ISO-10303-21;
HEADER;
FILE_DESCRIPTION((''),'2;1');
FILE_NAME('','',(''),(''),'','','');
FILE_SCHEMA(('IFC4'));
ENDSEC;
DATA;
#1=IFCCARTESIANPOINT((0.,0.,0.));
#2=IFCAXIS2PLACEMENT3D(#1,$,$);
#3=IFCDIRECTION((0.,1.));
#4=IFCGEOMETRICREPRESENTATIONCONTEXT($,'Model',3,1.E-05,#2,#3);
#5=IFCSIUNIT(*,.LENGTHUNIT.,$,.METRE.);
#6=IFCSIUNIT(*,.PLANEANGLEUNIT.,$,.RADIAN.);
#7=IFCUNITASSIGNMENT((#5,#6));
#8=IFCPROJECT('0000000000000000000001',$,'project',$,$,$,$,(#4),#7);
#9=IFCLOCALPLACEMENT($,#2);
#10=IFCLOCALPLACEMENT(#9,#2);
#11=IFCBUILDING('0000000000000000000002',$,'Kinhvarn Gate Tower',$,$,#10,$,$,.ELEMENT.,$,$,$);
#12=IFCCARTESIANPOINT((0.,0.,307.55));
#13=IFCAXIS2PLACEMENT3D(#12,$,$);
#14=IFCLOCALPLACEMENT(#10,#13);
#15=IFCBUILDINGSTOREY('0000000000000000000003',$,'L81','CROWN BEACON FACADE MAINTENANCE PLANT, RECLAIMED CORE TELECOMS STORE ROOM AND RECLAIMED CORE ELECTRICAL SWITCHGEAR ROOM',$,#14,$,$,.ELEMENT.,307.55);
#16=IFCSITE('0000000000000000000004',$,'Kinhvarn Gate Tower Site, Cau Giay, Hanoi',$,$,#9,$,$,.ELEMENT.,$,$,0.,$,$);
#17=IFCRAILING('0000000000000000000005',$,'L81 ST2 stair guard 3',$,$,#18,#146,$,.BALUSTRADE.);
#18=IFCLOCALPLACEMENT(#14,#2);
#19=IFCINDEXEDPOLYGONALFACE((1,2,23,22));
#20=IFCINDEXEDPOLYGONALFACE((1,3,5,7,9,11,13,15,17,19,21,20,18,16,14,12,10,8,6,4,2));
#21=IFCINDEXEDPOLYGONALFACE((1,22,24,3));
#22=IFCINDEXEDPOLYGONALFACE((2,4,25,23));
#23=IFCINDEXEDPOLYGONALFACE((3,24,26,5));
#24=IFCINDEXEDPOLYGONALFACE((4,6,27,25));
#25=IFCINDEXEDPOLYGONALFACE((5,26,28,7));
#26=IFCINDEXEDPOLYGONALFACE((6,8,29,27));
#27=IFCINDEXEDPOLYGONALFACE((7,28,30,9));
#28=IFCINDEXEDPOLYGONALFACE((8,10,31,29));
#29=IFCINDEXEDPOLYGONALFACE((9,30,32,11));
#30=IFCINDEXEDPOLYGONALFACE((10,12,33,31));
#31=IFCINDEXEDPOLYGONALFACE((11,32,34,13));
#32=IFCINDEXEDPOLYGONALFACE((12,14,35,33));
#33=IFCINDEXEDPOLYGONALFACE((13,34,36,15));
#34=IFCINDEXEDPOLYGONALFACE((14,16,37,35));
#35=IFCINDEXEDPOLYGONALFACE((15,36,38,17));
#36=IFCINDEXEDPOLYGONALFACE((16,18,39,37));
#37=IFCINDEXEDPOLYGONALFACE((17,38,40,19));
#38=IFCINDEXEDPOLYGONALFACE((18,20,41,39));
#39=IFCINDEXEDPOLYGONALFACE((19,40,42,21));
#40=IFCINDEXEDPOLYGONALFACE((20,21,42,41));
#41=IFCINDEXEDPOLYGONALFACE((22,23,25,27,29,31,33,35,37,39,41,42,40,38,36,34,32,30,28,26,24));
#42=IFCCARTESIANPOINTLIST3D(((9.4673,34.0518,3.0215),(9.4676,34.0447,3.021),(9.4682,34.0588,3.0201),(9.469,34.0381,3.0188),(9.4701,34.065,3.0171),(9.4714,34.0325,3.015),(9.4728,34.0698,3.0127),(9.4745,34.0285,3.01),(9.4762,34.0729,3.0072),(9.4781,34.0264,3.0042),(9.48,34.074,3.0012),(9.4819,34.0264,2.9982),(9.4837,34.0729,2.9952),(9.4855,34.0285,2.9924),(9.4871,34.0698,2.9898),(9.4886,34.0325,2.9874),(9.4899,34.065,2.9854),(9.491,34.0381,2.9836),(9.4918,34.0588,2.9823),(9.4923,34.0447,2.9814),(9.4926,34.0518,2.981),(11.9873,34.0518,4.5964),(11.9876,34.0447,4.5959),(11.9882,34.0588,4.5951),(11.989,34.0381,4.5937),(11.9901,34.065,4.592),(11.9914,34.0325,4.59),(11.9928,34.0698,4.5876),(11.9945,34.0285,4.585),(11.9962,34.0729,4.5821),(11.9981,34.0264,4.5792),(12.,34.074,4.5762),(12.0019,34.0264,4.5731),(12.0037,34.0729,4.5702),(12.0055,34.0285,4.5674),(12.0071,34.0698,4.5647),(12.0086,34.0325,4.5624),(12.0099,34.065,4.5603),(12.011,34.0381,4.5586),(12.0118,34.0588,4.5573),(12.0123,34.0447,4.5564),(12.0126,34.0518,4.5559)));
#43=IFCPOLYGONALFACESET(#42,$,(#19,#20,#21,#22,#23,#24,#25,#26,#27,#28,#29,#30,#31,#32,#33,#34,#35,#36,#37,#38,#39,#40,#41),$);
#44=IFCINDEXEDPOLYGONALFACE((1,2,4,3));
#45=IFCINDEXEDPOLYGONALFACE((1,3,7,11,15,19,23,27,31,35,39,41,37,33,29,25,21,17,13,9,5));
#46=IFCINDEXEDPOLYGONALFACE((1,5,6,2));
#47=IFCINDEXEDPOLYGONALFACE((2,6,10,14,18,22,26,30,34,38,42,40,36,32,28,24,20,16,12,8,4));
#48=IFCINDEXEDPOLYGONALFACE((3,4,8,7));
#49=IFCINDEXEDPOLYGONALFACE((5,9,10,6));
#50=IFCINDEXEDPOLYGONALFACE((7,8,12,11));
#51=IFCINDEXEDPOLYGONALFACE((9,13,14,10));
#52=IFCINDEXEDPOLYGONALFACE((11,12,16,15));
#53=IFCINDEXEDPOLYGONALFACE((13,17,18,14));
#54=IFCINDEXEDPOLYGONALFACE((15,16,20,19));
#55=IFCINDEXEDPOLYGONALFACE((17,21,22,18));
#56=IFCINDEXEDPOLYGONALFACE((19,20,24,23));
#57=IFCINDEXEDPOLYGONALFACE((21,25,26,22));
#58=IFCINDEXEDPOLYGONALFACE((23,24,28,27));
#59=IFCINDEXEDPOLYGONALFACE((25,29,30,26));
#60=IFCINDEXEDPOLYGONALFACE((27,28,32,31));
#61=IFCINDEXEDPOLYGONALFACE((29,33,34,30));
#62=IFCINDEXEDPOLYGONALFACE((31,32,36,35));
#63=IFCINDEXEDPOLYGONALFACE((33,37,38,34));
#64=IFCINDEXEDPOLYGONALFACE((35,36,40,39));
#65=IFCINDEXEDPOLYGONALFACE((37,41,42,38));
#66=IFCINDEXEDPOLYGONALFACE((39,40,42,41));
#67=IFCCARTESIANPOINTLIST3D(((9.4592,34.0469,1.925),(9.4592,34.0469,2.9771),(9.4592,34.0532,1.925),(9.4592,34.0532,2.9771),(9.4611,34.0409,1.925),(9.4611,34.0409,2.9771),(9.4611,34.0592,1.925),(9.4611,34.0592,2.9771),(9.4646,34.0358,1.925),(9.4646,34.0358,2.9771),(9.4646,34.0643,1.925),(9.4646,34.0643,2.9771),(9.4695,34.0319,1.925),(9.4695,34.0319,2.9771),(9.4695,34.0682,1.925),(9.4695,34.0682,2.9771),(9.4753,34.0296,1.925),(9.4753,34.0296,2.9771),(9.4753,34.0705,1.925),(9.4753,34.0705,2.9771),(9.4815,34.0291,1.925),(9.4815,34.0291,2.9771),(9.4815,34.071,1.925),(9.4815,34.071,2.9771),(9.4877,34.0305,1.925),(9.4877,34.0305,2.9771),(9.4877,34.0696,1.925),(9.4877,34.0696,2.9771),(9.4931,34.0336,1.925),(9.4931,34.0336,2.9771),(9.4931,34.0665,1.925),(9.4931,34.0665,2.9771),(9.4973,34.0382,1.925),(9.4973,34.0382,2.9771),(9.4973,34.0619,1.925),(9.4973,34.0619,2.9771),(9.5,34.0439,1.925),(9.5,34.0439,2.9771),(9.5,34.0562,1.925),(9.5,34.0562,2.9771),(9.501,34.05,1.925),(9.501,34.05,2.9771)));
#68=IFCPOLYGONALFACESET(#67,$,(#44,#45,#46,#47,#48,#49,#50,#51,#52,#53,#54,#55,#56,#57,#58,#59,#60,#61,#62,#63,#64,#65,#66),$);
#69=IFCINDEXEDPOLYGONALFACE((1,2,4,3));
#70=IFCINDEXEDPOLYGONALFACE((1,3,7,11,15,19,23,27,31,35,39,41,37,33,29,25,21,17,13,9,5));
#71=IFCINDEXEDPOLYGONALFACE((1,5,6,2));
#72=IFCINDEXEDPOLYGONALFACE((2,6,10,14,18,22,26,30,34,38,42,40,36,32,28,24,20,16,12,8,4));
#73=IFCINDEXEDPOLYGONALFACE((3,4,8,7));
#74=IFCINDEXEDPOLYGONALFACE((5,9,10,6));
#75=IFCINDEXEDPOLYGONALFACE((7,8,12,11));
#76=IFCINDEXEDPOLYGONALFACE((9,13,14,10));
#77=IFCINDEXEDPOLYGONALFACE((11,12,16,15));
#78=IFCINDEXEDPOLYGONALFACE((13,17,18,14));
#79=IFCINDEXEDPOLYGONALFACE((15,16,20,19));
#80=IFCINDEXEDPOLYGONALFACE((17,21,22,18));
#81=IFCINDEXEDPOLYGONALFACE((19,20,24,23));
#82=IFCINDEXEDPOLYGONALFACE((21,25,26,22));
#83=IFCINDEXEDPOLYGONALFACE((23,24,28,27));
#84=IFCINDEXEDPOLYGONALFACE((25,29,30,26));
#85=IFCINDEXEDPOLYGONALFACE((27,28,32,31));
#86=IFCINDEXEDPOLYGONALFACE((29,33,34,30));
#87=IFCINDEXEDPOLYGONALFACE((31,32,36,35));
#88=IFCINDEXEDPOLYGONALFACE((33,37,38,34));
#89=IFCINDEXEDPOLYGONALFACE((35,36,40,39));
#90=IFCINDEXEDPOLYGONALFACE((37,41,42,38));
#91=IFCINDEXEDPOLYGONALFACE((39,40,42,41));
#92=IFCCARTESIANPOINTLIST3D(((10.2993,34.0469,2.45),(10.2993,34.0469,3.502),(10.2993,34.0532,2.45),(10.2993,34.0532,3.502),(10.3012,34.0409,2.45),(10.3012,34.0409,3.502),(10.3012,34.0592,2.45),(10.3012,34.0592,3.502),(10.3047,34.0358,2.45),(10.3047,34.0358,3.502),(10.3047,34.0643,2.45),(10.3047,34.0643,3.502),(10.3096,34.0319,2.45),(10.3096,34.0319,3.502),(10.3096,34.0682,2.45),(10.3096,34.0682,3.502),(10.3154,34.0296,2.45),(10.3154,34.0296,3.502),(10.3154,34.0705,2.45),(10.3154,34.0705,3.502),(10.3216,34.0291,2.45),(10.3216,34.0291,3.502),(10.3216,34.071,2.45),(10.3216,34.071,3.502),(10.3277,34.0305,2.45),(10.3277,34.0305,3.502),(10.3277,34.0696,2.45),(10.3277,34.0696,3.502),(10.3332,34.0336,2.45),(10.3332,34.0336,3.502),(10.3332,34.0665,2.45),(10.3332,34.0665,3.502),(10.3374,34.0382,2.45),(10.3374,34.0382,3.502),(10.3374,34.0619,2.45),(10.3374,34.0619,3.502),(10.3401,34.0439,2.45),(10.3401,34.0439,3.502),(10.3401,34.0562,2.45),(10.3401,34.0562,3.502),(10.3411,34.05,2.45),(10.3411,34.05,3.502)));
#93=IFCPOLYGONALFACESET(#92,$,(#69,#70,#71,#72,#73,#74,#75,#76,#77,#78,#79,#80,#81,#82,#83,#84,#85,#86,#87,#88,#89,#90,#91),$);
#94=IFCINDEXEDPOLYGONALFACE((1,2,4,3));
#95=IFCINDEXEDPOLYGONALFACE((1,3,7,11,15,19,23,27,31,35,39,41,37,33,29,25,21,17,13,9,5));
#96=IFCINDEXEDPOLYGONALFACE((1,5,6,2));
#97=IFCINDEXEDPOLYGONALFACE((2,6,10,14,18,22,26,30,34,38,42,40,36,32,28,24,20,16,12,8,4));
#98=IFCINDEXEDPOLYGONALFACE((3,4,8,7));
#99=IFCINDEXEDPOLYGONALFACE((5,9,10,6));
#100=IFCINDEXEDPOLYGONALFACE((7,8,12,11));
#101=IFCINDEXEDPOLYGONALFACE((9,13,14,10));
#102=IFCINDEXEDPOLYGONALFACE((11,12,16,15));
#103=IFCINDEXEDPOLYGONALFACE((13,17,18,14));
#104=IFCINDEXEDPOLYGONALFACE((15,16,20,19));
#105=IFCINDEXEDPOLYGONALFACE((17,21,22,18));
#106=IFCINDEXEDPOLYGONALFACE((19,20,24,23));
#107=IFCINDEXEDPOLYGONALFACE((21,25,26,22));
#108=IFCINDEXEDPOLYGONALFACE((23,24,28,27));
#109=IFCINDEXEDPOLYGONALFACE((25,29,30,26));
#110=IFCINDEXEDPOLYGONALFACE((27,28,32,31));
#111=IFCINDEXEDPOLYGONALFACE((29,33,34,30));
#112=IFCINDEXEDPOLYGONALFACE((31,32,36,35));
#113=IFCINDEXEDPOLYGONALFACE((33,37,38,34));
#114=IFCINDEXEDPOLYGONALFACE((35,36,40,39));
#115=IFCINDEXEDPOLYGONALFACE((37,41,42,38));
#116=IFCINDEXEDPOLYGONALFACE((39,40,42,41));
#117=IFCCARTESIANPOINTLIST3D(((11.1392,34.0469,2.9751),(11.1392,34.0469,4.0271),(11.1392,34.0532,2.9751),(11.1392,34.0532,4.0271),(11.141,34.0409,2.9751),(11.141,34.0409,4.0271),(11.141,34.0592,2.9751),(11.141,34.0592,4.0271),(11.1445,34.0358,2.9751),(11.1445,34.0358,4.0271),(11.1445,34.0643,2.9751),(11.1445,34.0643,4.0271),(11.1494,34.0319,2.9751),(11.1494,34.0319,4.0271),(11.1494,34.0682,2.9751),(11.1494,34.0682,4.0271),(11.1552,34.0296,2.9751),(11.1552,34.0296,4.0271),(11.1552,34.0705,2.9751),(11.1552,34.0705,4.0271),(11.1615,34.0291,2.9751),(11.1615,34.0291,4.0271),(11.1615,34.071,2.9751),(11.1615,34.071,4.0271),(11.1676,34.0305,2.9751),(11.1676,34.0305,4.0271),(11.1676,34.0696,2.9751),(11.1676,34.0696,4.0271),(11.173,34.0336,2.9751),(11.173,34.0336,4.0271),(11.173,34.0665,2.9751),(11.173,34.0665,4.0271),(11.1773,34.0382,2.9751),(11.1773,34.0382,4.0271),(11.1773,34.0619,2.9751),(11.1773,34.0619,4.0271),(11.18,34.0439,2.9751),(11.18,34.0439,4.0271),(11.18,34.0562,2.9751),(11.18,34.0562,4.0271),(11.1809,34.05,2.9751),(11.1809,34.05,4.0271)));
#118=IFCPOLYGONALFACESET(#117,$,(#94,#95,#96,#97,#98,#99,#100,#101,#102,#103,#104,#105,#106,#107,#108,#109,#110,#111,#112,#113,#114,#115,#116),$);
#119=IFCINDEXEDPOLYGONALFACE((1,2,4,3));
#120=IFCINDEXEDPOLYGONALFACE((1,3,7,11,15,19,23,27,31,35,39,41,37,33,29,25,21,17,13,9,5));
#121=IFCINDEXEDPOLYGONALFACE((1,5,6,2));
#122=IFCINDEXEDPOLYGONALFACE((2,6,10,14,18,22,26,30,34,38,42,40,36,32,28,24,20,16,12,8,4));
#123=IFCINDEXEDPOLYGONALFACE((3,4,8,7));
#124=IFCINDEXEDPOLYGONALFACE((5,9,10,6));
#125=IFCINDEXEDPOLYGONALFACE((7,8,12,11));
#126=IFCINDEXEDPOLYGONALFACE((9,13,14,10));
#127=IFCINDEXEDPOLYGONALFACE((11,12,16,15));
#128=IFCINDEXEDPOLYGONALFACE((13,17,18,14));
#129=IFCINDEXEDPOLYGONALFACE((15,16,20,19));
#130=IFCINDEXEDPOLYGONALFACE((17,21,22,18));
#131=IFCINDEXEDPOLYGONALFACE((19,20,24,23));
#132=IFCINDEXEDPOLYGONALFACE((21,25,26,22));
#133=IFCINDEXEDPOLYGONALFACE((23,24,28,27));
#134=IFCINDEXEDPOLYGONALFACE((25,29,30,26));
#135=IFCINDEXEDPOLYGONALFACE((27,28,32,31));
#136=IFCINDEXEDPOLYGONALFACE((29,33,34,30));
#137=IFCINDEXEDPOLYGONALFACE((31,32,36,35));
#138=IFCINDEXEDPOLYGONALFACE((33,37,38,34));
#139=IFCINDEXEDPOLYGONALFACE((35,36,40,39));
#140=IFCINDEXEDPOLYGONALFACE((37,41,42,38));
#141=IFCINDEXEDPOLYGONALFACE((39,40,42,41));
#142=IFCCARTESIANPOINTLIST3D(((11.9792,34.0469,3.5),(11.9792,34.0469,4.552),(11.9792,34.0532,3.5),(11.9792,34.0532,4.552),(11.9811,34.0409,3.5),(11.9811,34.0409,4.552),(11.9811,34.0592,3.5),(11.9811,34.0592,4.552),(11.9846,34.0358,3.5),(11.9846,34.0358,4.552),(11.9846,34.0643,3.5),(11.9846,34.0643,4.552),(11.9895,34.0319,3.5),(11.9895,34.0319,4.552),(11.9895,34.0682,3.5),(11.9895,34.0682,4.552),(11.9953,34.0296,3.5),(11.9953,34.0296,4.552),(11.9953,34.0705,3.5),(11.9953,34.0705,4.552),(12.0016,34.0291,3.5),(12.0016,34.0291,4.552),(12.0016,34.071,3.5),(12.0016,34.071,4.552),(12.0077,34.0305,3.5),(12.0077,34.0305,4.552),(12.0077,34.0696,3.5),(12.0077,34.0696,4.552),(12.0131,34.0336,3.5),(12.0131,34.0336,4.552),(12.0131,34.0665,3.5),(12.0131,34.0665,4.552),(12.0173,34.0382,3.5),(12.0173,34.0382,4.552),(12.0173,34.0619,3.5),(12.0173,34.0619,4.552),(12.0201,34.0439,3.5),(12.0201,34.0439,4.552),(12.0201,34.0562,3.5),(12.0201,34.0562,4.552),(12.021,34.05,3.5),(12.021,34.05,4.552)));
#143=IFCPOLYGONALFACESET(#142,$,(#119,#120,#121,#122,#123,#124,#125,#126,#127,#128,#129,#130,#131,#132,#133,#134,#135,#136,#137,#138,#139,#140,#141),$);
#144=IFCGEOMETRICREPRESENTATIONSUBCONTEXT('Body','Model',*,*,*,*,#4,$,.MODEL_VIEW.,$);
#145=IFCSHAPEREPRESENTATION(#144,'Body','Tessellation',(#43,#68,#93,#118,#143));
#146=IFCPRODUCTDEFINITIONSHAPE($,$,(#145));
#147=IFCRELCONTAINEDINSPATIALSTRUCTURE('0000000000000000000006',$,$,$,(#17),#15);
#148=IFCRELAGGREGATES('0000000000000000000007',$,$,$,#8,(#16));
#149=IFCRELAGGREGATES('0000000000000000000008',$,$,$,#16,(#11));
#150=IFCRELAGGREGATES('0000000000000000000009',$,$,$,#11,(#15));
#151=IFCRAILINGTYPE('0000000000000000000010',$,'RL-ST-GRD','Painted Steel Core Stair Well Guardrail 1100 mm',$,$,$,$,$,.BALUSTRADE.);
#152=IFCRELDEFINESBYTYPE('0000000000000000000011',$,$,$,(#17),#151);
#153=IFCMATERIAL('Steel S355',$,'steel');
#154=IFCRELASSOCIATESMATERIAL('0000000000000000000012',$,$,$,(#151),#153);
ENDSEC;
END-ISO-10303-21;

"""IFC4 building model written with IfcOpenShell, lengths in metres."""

from ifc_helpers import new_model, si_unit, direction, frame, origin, origin_2d, place, context, subcontext, project, spatial, circle, extrude, material, type_object, element, save


model = new_model("IFC4")

# Units and contexts
model_context = context("Model", 3, precision=1e-05, world=origin(), true_north=direction((0.0, 1.0)))
body_context = subcontext(model_context, "Body", "Model", "MODEL_VIEW")
ifc_project = project(units=[si_unit("LENGTHUNIT", "METRE"), si_unit("PLANEANGLEUNIT", "RADIAN")], contexts=[model_context])

# Site, building, storey
site_placement = place(None, origin())
site = spatial("IfcSite", under=ifc_project, at=site_placement, Name="Kinhvarn Gate Tower Site, Cau Giay, Hanoi", CompositionType="ELEMENT", RefElevation=0.0)
building_placement = place(site_placement, origin())
building = spatial("IfcBuilding", under=site, at=building_placement, Name="Kinhvarn Gate Tower", CompositionType="ELEMENT")
storey_placement = place(building_placement, frame((0.0, 0.0, 307.55)))
storey = spatial("IfcBuildingStorey", under=building, at=storey_placement, Name="L81", Description="CROWN BEACON FACADE MAINTENANCE PLANT, RECLAIMED CORE TELECOMS STORE ROOM AND RECLAIMED CORE ELECTRICAL SWITCHGEAR ROOM", CompositionType="ELEMENT", Elevation=307.55)

# Railing
ifc_material_1 = material(Name="Steel S355", Category="steel")
railing_type_1 = type_object("IfcRailingType", Name="RL-ST-GRD", Description="Painted Steel Core Stair Well Guardrail 1100 mm", PredefinedType="BALUSTRADE", material=ifc_material_1)
railing_1_placement = place(storey_placement, frame((9.48, 34.05, 1.925)))
element("IfcRailing", 1, at=railing_1_placement, inside=storey, type_object=railing_type_1, Name="L81 ST2 stair guard 3", PredefinedType="BALUSTRADE", context=body_context, shape_type="SweptSolid", body=[
    extrude(circle(Radius=0.0239, at=origin_2d()), frame((0.0, 0.0, 1.0762), z_axis=(0.848008, 0.0, 0.529984), x_axis=(0.0, 1.0, 0.0)), (0.0, 0.0, 1.0), 2.9717),
    extrude(circle(Radius=0.021, at=origin_2d()), origin(), (0.0, 0.0, 1.0), 1.052),
    extrude(circle(Radius=0.021, at=origin_2d()), frame((0.8401, 0.0, 0.5249)), (0.0, 0.0, 1.0), 1.052),
    extrude(circle(Radius=0.021, at=origin_2d()), frame((1.6799, 0.0, 1.05)), (0.0, 0.0, 1.0), 1.052),
    extrude(circle(Radius=0.021, at=origin_2d()), frame((2.52, 0.0, 1.575)), (0.0, 0.0, 1.0), 1.052),
])

save(model, "model.ifc")
